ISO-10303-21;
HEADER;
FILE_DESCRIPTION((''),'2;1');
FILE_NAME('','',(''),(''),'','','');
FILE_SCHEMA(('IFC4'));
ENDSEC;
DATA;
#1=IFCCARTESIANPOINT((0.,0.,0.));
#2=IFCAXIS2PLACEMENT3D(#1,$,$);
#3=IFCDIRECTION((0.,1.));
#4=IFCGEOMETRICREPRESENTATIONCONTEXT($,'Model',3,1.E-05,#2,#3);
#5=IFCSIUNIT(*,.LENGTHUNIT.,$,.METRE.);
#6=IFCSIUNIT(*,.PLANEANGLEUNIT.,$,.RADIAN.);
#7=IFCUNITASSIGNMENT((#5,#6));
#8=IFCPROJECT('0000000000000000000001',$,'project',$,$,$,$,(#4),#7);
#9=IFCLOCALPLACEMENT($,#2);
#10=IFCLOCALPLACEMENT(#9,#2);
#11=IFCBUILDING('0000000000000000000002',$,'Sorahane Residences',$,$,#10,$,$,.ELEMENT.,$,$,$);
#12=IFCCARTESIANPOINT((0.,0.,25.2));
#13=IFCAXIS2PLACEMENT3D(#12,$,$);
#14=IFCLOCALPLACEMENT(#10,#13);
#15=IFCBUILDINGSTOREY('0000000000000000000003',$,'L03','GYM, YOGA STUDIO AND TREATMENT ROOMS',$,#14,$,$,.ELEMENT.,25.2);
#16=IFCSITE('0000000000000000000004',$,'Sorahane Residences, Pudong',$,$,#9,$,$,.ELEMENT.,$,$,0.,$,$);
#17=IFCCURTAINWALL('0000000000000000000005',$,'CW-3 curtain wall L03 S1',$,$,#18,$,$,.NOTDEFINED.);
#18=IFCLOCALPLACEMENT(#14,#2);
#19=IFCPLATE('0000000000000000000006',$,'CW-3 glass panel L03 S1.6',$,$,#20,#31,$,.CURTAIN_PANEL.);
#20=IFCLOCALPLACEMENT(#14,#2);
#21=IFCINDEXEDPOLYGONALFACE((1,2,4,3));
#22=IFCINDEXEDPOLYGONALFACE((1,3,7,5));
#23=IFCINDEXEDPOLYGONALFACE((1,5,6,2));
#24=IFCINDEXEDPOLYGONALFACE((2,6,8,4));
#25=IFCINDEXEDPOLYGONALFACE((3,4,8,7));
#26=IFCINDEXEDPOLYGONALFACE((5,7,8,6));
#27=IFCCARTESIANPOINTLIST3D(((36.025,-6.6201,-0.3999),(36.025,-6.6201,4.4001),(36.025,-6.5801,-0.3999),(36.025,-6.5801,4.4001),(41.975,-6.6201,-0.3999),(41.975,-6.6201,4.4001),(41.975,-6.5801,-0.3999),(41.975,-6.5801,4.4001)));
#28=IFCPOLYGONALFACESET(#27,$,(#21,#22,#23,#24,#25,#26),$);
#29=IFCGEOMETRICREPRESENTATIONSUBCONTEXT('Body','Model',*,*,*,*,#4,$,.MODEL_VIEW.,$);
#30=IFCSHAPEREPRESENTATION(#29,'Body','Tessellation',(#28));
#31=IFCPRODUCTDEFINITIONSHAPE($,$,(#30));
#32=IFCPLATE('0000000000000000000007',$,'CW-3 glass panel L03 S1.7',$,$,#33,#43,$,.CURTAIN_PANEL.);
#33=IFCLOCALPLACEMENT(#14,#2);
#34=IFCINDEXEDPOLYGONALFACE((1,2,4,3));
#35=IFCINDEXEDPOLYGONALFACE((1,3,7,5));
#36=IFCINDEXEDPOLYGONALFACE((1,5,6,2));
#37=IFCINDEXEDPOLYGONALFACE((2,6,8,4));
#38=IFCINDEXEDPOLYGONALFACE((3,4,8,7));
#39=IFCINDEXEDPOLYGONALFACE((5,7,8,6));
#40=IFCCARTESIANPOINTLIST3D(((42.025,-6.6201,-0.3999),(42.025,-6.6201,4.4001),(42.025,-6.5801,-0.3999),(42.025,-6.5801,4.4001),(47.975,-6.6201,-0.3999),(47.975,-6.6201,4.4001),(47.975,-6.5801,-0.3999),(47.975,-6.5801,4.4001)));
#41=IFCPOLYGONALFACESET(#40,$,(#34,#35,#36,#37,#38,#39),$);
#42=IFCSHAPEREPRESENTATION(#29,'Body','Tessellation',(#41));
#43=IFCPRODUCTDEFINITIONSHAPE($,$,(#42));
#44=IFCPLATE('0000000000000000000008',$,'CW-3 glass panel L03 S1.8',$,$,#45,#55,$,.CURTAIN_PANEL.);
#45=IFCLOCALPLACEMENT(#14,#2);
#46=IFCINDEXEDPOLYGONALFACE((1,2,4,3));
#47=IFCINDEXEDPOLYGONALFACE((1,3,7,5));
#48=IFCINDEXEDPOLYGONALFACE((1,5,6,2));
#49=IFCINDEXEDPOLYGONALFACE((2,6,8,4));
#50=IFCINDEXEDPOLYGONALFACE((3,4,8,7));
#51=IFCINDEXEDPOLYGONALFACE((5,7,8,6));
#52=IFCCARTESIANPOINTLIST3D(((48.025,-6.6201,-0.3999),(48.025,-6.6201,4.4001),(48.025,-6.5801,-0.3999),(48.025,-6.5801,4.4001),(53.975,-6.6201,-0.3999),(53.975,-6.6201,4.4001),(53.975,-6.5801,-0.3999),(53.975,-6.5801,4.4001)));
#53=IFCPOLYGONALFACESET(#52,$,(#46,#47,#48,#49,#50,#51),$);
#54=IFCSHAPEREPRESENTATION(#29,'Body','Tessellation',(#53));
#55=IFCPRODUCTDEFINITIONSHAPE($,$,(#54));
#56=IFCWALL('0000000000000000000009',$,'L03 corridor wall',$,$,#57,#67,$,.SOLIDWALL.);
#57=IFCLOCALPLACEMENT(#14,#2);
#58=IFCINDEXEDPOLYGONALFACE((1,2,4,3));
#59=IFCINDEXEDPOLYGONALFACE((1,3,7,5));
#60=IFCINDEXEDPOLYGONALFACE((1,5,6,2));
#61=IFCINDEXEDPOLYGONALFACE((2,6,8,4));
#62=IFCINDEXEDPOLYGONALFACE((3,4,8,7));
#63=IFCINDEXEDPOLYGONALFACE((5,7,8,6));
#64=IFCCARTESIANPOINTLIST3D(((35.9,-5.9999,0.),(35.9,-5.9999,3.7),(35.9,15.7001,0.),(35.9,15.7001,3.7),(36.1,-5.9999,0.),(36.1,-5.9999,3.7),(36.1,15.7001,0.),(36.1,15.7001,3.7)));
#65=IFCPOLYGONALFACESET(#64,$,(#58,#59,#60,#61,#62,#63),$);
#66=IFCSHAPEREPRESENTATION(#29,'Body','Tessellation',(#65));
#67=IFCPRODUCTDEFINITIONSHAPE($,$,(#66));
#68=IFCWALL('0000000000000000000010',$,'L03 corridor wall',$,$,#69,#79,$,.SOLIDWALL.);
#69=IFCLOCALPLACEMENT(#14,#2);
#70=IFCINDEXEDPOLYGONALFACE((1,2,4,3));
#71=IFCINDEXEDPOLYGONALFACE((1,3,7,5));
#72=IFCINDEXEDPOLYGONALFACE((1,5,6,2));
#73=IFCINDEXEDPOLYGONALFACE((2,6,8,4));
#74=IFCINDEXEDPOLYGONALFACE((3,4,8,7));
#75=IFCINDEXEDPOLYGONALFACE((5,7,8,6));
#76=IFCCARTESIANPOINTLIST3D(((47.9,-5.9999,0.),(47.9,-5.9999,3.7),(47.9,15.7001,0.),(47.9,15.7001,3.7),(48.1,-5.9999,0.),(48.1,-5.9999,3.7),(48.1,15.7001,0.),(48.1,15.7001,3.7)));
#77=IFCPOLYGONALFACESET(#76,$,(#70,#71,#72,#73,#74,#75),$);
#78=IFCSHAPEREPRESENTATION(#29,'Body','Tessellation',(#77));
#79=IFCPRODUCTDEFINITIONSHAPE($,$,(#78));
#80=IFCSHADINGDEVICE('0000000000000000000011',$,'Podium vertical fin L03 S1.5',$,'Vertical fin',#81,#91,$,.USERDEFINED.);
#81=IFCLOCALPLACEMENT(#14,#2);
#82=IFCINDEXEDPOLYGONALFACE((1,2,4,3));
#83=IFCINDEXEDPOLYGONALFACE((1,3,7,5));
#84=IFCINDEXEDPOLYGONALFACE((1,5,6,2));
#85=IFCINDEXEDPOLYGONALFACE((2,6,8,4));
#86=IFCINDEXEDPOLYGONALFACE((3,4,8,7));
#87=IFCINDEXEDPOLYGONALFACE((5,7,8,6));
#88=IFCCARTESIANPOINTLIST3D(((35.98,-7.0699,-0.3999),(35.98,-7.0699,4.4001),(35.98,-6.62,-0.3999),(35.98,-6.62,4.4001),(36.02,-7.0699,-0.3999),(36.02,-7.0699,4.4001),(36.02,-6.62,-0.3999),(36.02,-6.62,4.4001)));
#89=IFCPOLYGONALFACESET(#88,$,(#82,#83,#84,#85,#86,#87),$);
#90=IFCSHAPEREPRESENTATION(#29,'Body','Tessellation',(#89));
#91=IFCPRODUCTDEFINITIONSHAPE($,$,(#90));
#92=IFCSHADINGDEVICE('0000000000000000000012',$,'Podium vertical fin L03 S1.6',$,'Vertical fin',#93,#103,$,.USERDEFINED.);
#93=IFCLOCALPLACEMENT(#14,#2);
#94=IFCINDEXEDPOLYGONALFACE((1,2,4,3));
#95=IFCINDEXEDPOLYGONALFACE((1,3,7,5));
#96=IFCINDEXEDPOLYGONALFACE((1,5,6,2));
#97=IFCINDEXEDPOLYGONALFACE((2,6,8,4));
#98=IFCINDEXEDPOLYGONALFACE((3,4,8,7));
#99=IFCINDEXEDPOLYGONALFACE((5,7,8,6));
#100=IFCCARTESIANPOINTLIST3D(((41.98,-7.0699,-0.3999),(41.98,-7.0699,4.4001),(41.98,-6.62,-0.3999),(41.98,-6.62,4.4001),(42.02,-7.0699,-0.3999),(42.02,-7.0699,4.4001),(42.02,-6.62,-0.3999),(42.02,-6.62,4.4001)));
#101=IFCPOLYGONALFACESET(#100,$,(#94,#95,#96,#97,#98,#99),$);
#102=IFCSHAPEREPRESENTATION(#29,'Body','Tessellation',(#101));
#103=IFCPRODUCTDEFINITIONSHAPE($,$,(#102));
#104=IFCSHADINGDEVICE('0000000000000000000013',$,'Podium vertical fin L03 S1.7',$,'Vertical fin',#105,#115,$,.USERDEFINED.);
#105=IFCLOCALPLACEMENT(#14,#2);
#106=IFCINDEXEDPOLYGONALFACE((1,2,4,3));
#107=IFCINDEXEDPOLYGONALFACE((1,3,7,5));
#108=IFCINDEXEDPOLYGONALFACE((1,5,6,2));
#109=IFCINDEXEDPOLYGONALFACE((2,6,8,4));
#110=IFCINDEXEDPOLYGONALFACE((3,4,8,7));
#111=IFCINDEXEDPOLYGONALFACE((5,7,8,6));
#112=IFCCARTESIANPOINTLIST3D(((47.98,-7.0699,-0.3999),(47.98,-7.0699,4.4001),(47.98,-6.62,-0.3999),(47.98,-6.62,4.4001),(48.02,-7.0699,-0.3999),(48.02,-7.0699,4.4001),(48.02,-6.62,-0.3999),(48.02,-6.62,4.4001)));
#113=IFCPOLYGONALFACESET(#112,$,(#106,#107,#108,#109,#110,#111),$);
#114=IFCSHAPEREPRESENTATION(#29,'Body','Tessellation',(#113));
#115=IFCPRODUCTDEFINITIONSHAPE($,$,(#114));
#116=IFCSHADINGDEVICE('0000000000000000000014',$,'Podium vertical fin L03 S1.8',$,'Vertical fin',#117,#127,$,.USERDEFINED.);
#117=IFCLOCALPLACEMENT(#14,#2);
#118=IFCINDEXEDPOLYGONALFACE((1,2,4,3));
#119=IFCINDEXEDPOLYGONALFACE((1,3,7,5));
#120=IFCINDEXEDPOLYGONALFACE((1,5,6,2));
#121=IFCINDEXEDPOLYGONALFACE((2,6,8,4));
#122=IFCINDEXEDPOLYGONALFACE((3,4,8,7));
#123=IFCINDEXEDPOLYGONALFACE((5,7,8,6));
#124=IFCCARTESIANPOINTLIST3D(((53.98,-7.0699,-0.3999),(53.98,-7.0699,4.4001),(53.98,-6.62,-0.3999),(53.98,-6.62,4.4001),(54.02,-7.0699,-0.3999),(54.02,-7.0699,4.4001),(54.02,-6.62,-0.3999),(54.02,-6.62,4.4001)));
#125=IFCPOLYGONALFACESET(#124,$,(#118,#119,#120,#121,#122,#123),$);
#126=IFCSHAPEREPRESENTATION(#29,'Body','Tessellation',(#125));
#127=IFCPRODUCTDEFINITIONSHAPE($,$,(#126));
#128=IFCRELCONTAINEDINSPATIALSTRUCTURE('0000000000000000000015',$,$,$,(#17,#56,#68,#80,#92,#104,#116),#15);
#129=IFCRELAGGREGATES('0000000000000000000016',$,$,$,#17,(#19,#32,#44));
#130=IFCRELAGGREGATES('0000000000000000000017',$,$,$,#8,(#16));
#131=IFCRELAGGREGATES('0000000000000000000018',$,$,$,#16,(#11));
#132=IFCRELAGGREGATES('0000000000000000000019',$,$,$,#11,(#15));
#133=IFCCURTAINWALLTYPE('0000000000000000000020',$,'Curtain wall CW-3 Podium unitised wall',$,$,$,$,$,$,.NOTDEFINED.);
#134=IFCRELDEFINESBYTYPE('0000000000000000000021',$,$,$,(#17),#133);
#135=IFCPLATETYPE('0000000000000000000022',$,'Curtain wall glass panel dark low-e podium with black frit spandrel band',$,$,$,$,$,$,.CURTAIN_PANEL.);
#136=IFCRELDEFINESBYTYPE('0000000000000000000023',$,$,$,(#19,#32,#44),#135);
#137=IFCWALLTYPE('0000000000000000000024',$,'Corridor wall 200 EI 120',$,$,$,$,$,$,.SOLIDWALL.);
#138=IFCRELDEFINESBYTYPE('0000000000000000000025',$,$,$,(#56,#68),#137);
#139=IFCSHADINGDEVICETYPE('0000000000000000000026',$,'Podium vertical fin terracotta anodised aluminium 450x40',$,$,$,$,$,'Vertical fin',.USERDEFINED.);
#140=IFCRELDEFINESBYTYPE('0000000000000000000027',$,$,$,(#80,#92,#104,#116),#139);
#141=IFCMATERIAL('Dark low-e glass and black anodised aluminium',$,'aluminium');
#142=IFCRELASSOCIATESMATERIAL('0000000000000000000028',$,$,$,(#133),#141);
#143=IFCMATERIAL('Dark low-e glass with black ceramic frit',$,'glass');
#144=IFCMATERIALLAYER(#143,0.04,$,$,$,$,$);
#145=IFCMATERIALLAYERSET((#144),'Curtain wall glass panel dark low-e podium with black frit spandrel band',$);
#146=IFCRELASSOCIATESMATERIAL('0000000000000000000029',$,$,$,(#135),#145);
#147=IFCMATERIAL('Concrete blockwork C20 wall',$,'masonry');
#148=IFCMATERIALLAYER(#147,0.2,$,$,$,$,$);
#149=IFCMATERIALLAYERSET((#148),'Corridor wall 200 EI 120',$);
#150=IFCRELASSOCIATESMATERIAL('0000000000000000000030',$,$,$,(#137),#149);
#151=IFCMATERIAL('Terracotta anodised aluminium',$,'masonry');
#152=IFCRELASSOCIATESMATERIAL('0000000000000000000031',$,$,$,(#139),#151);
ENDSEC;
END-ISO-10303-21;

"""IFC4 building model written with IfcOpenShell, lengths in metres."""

from ifc_helpers import new_model, si_unit, direction, frame, frame_2d, origin, origin_2d, place, context, subcontext, project, spatial, rectangle, extrude, material, layer, layer_set, material_profile, profile_set, type_object, element, aggregate, save


model = new_model("IFC4")

# Units and contexts
model_context = context("Model", 3, precision=1e-05, world=origin(), true_north=direction((0.0, 1.0)))
body_context = subcontext(model_context, "Body", "Model", "MODEL_VIEW")
ifc_project = project(units=[si_unit("LENGTHUNIT", "METRE"), si_unit("PLANEANGLEUNIT", "RADIAN")], contexts=[model_context])

# Site, building, storey
site_placement = place(None, origin())
site = spatial("IfcSite", under=ifc_project, at=site_placement, Name="Sorahane Residences, Pudong", CompositionType="ELEMENT", RefElevation=0.0)
building_placement = place(site_placement, origin())
building = spatial("IfcBuilding", under=site, at=building_placement, Name="Sorahane Residences", CompositionType="ELEMENT")
storey_placement = place(building_placement, frame((0.0, 0.0, 25.2)))
storey = spatial("IfcBuildingStorey", under=building, at=storey_placement, Name="L03", Description="GYM, YOGA STUDIO AND TREATMENT ROOMS", CompositionType="ELEMENT", Elevation=25.2)

# Curtain wall
ifc_material_1 = material(Name="Dark low-e glass and black anodised aluminium", Category="aluminium")
curtain_wall_type = type_object("IfcCurtainWallType", Name="Curtain wall CW-3 Podium unitised wall", PredefinedType="NOTDEFINED", material=ifc_material_1)
curtain_wall_placement = place(storey_placement, origin())
curtain_wall = element("IfcCurtainWall", 1, at=curtain_wall_placement, inside=storey, type_object=curtain_wall_type, Name="CW-3 curtain wall L03 S1", PredefinedType="NOTDEFINED")

# Plates
ifc_material_2 = material(Name="Dark low-e glass with black ceramic frit", Category="glass")
ifc_layer_1 = layer(ifc_material_2, 0.04)
ifc_layer_set_1 = layer_set([ifc_layer_1], Name="Curtain wall glass panel dark low-e podium with black frit spandrel band")
plate_type = type_object("IfcPlateType", Name="Curtain wall glass panel dark low-e podium with black frit spandrel band", PredefinedType="CURTAIN_PANEL", material=ifc_layer_set_1)
plate_1_placement = place(storey_placement, frame((39.0, -6.6001, -0.3999), z_axis=(0.0, 0.0, 1.0), x_axis=(1.0, 0.0, 0.0)))
plate_1 = element("IfcPlate", 2, at=plate_1_placement, type_object=plate_type, Name="CW-3 glass panel L03 S1.6", PredefinedType="CURTAIN_PANEL", context=body_context, shape_type="SweptSolid", body=[
    extrude(rectangle(XDim=5.95, YDim=0.04, at=origin_2d()), origin(), (0.0, 0.0, 1.0), 4.8),
])
plate_2_placement = place(storey_placement, frame((45.0, -6.6001, -0.3999), z_axis=(0.0, 0.0, 1.0), x_axis=(1.0, 0.0, 0.0)))
plate_2 = element("IfcPlate", 3, at=plate_2_placement, type_object=plate_type, Name="CW-3 glass panel L03 S1.7", PredefinedType="CURTAIN_PANEL", context=body_context, shape_type="SweptSolid", body=[
    extrude(rectangle(XDim=5.95, YDim=0.04, at=origin_2d()), origin(), (0.0, 0.0, 1.0), 4.8),
])
plate_3_placement = place(storey_placement, frame((51.0, -6.6001, -0.3999), z_axis=(0.0, 0.0, 1.0), x_axis=(1.0, 0.0, 0.0)))
plate_3 = element("IfcPlate", 4, at=plate_3_placement, type_object=plate_type, Name="CW-3 glass panel L03 S1.8", PredefinedType="CURTAIN_PANEL", context=body_context, shape_type="SweptSolid", body=[
    extrude(rectangle(XDim=5.95, YDim=0.04, at=origin_2d()), origin(), (0.0, 0.0, 1.0), 4.8),
])
aggregate(curtain_wall, [plate_1, plate_2, plate_3])

# Walls
ifc_material_3 = material(Name="Concrete blockwork C20 wall", Category="masonry")
ifc_layer_2 = layer(ifc_material_3, 0.2)
ifc_layer_set_2 = layer_set([ifc_layer_2], Name="Corridor wall 200 EI 120")
wall_type = type_object("IfcWallType", Name="Corridor wall 200 EI 120", PredefinedType="SOLIDWALL", material=ifc_layer_set_2)
for number, where, z_axis, x_axis, name in (
    (5, (36.0, -6.0, 0.0), (0.0, 0.0, 1.0), (0.0, 1.0, 0.0), "L03 corridor wall"),
    (6, (48.0, -6.0, 0.0), (0.0, 0.0, 1.0), (0.0, 1.0, 0.0), "L03 corridor wall"),
):
    element("IfcWall", number, at=place(storey_placement, frame(where, z_axis=z_axis, x_axis=x_axis)), inside=storey, type_object=wall_type, Name=name, PredefinedType="SOLIDWALL", context=body_context, shape_type="SweptSolid", body=[
        extrude(rectangle(XDim=21.7, YDim=0.2, at=frame_2d((10.8501, 0.0))), origin(), (0.0, 0.0, 1.0), 3.7),
    ])

# Shading devices
ifc_material_4 = material(Name="Terracotta anodised aluminium", Category="masonry")
ifc_material_profile_1 = material_profile(ifc_material_4, rectangle(XDim=0.45, YDim=0.04, at=origin_2d()), Name="Podium vertical fin terracotta anodised aluminium 450x40")
ifc_profile_set_1 = profile_set([ifc_material_profile_1], Name="Terracotta anodised aluminium")
shading_device_type = type_object("IfcShadingDeviceType", Name="Podium vertical fin terracotta anodised aluminium 450x40", ElementType="Vertical fin", PredefinedType="USERDEFINED", material=ifc_profile_set_1)
for number, where, z_axis, x_axis, name in (
    (7, (36.0, -6.845, -0.3999), (0.0, 0.0, 1.0), (0.0, -1.0, 0.0), "Podium vertical fin L03 S1.5"),
    (8, (42.0, -6.845, -0.3999), (0.0, 0.0, 1.0), (0.0, -1.0, 0.0), "Podium vertical fin L03 S1.6"),
    (9, (48.0, -6.845, -0.3999), (0.0, 0.0, 1.0), (0.0, -1.0, 0.0), "Podium vertical fin L03 S1.7"),
    (10, (54.0, -6.845, -0.3999), (0.0, 0.0, 1.0), (0.0, -1.0, 0.0), "Podium vertical fin L03 S1.8"),
):
    element("IfcShadingDevice", number, at=place(storey_placement, frame(where, z_axis=z_axis, x_axis=x_axis)), inside=storey, type_object=shading_device_type, Name=name, ObjectType="Vertical fin", PredefinedType="USERDEFINED", context=body_context, shape_type="SweptSolid", body=[
        extrude(rectangle(XDim=0.45, YDim=0.04, at=origin_2d()), origin(), (0.0, 0.0, 1.0), 4.8),
    ])

save(model, "model.ifc")
